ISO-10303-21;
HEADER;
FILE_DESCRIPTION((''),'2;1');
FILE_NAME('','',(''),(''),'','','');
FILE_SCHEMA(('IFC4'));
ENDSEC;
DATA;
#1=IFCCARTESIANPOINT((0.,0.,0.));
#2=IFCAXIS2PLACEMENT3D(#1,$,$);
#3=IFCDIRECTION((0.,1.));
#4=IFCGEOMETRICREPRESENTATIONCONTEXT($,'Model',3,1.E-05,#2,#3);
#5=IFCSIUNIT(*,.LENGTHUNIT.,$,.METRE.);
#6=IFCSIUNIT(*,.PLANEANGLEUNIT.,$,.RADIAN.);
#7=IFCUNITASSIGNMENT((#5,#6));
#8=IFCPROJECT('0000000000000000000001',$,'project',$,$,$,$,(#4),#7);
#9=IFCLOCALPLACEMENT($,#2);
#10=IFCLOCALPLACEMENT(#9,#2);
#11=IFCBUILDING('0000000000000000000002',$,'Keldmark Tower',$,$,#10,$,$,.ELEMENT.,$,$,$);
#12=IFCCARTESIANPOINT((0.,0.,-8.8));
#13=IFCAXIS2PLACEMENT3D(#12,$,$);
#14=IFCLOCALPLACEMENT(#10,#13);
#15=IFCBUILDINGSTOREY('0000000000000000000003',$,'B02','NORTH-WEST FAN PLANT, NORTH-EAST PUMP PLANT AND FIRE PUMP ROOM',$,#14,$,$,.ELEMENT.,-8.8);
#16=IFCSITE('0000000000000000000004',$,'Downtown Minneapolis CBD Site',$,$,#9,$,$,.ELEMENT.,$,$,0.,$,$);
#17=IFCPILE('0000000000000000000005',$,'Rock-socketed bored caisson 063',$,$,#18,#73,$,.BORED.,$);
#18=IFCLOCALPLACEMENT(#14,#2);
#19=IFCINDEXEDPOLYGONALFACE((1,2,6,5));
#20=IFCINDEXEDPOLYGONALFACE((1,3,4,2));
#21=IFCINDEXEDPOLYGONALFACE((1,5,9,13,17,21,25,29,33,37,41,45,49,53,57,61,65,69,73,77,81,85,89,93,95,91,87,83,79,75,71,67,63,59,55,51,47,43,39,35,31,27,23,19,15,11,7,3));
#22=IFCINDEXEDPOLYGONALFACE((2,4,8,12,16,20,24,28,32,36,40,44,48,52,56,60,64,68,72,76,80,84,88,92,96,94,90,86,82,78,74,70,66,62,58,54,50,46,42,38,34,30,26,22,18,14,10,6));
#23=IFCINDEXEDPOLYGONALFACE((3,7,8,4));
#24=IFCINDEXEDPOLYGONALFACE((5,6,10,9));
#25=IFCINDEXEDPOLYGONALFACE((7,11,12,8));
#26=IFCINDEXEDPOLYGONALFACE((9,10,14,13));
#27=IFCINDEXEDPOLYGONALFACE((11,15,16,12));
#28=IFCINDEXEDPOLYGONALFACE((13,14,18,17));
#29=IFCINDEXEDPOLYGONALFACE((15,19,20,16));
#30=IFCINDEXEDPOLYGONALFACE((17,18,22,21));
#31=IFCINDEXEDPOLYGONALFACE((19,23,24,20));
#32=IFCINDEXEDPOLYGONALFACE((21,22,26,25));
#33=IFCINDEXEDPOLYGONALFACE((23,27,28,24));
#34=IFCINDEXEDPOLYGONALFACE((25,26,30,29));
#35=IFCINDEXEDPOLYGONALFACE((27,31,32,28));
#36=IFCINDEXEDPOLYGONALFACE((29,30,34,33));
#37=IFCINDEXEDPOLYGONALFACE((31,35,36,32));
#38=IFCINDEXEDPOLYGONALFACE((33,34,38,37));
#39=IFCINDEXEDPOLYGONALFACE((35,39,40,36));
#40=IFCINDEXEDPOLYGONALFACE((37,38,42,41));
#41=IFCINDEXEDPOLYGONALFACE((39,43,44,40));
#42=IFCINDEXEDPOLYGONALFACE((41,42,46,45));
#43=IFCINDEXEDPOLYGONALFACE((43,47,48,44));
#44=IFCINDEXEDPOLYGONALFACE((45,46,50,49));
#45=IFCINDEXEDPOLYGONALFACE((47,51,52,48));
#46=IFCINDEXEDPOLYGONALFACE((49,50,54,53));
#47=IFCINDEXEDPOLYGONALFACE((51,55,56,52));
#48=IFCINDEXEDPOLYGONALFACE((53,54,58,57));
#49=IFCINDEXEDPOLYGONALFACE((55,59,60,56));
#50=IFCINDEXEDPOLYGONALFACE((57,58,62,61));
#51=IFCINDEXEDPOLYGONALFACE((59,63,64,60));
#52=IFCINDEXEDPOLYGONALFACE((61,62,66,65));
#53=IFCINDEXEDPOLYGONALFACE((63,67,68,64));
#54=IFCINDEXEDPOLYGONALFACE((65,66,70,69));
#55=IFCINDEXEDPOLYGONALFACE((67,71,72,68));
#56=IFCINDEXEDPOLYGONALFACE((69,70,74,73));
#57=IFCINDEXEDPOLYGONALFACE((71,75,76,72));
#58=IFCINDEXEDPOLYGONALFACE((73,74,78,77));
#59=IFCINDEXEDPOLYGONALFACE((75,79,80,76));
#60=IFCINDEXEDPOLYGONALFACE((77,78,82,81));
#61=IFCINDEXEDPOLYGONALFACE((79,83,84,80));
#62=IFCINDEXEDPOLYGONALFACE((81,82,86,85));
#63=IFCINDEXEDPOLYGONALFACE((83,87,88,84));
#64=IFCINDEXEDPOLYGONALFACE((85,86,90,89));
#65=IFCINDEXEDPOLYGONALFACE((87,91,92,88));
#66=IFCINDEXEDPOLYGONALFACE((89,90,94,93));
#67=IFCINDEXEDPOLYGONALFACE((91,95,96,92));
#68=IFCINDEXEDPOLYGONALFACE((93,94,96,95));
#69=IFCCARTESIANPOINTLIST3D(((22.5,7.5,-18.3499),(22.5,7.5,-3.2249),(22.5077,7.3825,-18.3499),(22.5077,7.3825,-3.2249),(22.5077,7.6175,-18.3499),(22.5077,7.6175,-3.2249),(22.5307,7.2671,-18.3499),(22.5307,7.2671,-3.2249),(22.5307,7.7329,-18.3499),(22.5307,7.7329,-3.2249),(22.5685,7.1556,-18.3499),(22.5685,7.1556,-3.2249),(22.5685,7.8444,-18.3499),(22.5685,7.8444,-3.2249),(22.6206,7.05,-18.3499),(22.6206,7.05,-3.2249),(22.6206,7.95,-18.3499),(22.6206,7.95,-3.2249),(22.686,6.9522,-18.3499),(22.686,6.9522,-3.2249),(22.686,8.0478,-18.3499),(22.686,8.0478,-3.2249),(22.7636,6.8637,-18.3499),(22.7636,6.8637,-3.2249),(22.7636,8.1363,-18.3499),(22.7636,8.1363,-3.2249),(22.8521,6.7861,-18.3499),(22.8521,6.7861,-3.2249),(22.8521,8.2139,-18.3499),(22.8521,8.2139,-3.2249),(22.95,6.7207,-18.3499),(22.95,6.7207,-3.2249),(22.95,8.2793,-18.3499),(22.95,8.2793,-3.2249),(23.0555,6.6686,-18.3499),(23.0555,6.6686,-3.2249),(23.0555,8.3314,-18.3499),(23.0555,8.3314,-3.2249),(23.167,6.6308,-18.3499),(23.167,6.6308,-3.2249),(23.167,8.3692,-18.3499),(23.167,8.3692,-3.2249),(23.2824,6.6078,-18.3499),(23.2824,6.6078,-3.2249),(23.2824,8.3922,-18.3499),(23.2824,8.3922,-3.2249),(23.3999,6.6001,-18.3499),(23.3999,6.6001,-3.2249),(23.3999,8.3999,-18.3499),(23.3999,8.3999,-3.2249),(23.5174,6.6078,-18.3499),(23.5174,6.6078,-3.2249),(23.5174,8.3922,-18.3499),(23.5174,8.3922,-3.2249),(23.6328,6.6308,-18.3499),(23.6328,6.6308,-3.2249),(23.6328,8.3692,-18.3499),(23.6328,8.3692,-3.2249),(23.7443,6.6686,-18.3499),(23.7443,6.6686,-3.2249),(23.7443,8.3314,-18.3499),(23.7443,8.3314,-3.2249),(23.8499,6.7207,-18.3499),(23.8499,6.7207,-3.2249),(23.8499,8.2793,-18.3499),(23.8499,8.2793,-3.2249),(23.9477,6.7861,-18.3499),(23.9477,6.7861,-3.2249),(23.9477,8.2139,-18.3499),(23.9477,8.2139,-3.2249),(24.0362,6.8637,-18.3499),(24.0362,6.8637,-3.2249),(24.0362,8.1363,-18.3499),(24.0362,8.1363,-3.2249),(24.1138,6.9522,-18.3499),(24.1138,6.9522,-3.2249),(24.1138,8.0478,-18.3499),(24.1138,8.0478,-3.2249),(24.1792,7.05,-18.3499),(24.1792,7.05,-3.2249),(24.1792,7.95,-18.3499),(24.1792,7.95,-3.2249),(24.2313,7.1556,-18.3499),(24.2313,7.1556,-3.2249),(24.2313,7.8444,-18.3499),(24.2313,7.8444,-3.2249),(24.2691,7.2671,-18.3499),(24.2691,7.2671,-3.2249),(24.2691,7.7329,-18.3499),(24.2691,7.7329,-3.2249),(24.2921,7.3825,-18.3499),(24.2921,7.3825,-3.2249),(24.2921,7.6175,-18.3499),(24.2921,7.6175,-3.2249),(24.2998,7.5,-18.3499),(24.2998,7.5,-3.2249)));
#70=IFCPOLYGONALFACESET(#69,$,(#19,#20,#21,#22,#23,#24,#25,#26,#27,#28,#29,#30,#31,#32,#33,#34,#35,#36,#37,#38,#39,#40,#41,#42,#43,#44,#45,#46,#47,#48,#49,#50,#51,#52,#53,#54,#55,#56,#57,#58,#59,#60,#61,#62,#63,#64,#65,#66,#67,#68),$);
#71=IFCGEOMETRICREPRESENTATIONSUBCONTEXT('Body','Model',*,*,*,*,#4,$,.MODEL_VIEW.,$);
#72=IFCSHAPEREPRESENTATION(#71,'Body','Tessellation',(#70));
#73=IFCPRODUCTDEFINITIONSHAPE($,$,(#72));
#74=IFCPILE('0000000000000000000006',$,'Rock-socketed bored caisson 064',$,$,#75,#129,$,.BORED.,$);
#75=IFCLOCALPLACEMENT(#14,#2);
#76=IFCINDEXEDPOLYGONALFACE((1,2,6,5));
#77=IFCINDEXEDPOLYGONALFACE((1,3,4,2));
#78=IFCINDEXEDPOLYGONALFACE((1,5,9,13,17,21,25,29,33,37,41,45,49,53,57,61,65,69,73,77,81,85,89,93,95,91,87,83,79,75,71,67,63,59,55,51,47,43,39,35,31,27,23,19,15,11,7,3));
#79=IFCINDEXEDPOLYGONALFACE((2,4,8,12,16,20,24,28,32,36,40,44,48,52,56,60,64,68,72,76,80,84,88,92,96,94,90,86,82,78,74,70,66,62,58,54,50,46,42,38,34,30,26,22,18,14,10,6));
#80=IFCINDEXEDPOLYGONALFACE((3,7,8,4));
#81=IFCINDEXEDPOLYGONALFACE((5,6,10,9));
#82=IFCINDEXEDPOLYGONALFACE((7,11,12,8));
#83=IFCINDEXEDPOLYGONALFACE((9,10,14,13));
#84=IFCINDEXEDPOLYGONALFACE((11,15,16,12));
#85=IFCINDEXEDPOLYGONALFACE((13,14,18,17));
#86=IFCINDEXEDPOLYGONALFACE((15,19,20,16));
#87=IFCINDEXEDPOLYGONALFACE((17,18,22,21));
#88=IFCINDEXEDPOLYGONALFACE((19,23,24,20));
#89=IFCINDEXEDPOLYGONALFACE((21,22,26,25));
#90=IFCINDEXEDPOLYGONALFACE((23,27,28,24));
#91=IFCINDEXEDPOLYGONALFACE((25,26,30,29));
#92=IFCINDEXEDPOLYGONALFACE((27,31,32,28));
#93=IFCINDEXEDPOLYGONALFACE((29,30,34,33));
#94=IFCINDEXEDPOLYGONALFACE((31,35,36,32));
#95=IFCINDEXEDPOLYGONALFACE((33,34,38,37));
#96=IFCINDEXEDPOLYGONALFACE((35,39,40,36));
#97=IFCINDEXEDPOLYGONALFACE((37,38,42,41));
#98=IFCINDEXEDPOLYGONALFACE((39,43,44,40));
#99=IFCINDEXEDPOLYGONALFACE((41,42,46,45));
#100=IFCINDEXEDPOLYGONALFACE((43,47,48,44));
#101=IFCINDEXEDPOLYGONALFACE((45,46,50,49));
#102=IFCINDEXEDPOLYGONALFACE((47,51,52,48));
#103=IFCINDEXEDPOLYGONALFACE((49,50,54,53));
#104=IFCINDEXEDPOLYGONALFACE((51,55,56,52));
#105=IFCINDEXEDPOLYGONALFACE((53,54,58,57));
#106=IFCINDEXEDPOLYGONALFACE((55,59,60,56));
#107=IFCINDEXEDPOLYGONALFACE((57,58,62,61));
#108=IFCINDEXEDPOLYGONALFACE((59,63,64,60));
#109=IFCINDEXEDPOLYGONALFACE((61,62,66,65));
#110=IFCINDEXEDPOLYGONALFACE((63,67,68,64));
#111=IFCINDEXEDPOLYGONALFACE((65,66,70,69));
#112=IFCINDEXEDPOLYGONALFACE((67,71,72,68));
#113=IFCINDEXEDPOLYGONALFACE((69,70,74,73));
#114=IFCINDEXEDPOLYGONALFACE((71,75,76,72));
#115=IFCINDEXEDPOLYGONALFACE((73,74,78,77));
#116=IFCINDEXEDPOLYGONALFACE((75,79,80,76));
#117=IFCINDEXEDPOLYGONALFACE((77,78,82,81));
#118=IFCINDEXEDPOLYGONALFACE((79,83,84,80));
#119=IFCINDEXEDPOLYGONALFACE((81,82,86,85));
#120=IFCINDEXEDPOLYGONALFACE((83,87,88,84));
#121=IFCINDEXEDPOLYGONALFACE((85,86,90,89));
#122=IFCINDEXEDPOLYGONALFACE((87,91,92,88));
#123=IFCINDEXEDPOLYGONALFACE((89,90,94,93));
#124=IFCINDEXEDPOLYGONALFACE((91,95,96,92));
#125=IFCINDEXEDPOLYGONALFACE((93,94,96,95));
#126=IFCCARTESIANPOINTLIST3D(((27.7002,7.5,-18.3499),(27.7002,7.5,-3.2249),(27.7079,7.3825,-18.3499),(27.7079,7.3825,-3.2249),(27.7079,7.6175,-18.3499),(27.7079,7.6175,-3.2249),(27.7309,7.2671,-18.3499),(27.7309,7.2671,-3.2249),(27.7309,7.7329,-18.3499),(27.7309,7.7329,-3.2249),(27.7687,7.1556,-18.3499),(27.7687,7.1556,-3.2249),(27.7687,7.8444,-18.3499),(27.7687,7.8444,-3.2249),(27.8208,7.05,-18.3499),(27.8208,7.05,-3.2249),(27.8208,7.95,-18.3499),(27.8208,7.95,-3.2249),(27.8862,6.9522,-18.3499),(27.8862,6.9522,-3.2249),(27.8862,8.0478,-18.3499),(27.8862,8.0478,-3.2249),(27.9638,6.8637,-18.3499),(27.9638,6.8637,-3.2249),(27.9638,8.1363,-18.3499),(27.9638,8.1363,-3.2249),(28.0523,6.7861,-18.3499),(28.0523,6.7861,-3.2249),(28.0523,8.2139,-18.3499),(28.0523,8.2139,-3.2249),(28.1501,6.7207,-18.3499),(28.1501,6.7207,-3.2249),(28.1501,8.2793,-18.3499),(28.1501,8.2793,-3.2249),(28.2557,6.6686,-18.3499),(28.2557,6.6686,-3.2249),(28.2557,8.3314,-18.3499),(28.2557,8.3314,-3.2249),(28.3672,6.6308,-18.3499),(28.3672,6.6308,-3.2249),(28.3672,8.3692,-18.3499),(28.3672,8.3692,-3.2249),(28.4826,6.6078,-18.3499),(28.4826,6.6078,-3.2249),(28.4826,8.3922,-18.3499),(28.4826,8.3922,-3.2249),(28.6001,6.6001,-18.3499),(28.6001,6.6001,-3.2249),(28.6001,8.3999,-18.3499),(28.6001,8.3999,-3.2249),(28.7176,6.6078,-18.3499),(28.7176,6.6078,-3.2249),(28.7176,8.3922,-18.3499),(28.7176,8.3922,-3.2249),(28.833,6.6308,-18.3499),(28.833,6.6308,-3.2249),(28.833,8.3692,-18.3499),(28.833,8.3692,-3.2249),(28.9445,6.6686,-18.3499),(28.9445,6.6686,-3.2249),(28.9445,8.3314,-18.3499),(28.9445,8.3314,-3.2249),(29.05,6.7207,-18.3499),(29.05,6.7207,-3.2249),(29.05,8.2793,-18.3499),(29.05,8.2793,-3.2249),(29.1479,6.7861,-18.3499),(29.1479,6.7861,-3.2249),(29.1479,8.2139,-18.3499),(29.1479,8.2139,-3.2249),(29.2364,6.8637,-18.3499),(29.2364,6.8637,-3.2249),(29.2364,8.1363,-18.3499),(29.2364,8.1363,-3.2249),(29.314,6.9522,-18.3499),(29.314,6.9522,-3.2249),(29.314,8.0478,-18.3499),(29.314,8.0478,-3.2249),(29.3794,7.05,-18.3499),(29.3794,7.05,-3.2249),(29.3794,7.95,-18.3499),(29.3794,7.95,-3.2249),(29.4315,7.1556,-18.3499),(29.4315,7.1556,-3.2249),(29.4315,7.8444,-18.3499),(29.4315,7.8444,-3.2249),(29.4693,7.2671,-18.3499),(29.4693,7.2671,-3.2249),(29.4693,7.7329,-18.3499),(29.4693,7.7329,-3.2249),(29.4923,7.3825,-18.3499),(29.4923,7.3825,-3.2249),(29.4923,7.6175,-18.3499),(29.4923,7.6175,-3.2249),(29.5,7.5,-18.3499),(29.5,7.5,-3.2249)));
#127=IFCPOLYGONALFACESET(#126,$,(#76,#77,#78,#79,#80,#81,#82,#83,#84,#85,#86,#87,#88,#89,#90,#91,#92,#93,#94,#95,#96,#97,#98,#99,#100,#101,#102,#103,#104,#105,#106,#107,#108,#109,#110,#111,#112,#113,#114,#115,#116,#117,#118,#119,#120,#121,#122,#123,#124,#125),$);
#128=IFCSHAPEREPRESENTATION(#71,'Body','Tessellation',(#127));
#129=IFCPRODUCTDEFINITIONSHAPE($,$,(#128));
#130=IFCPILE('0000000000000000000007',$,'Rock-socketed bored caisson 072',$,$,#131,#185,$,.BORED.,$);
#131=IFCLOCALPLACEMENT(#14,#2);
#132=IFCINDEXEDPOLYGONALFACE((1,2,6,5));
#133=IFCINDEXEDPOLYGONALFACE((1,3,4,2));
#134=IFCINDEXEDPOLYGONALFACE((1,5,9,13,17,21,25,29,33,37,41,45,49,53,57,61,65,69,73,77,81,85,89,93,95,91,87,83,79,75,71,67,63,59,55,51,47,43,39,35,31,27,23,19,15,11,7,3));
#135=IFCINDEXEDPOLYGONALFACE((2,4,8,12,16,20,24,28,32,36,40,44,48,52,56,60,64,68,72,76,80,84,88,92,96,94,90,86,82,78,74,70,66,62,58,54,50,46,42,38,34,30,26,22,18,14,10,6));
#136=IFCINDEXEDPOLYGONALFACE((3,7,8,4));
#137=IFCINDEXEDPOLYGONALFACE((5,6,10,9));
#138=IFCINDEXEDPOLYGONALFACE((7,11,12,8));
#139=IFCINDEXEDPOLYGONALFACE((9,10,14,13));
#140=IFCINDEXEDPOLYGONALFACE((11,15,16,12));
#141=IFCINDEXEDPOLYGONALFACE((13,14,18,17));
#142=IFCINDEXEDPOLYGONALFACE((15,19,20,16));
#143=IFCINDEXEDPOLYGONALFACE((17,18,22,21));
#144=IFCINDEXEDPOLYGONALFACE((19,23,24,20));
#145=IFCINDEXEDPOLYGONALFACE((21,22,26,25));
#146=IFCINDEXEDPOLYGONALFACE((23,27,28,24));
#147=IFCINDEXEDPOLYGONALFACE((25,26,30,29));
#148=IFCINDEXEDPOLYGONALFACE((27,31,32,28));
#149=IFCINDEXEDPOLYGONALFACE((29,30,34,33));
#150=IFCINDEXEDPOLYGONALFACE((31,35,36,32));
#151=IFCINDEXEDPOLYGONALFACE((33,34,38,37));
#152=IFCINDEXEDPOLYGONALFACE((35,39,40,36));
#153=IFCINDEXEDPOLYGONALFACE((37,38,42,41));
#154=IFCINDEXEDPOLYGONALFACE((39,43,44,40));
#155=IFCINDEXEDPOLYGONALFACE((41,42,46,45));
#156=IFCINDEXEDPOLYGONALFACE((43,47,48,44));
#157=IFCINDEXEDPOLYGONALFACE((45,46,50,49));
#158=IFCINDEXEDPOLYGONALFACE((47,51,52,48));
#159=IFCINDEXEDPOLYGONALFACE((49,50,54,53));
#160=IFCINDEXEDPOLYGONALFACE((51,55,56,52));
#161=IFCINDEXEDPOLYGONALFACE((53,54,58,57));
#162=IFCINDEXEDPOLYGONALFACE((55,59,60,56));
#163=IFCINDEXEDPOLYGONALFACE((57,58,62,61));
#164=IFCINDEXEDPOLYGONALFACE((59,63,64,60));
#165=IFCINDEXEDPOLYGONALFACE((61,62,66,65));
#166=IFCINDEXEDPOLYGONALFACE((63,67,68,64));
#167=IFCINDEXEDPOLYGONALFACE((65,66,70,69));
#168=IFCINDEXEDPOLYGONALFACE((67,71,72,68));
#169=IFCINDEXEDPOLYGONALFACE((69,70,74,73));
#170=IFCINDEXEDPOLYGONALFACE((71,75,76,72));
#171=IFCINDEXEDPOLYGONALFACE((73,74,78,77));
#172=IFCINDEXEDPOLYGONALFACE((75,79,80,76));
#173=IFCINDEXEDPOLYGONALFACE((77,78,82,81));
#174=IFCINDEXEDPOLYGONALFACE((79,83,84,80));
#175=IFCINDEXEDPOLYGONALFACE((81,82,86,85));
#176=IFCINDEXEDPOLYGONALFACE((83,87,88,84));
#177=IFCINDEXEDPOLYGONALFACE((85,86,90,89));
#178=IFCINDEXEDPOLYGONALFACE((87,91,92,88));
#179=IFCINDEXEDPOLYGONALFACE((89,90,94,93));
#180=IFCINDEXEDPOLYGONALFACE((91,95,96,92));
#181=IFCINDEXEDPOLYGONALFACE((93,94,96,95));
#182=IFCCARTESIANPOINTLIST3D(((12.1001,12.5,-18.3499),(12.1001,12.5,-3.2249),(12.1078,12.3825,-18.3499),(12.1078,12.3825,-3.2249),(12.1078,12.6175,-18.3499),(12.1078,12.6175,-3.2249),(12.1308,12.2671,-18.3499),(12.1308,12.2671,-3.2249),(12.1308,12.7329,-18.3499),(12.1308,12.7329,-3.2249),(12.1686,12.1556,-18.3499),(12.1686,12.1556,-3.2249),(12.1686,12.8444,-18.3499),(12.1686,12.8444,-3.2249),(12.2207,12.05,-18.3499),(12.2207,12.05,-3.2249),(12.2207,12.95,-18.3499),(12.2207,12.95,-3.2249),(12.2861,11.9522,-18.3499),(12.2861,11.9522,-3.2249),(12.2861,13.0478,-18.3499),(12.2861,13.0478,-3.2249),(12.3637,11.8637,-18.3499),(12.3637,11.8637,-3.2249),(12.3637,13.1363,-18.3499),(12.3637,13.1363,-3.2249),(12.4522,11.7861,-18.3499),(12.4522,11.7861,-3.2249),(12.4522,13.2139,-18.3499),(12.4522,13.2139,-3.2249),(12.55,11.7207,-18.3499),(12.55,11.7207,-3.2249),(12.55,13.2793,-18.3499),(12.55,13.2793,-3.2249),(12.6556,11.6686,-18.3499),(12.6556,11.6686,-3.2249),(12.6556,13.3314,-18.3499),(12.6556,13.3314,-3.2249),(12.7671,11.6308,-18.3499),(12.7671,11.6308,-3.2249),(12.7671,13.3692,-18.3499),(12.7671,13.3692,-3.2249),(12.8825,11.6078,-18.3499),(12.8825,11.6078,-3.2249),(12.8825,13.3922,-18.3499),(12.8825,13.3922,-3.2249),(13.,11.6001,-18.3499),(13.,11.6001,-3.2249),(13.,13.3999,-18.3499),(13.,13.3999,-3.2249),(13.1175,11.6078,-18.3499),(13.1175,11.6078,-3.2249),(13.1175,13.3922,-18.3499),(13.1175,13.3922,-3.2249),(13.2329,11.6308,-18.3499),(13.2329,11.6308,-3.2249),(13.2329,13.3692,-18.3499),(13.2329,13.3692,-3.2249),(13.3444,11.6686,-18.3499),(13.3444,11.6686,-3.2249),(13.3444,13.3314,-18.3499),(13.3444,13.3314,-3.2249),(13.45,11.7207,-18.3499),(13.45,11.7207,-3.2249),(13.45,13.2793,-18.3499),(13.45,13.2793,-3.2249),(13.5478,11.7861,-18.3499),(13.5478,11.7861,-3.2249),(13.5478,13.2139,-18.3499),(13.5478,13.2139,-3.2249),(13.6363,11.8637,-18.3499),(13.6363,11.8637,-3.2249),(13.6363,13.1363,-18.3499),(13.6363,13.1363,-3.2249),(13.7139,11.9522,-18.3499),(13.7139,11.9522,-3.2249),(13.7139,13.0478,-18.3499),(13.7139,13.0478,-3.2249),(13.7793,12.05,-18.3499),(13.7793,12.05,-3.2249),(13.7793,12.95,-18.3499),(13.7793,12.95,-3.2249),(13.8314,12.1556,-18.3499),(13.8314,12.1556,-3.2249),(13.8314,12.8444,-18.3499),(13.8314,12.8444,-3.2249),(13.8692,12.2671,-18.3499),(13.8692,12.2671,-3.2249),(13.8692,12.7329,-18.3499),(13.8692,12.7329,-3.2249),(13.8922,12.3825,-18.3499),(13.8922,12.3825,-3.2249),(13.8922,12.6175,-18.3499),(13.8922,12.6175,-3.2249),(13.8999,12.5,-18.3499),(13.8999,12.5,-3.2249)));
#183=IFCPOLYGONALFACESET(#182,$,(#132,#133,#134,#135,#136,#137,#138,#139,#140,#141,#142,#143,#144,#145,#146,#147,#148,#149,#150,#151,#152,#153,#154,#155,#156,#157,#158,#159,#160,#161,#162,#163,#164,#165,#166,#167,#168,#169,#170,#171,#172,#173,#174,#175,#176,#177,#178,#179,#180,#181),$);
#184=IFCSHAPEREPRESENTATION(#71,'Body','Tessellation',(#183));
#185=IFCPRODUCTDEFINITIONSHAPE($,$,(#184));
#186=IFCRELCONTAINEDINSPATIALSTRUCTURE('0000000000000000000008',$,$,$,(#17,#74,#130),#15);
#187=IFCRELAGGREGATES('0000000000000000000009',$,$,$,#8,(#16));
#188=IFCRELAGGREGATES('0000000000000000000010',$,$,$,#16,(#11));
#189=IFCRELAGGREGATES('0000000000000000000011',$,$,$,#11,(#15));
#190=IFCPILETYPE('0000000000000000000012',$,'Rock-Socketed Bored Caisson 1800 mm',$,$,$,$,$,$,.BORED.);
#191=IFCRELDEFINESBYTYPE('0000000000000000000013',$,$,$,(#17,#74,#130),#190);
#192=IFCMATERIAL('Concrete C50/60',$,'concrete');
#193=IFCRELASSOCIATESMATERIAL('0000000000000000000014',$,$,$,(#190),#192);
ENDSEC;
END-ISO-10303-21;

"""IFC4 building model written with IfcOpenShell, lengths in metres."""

from ifc_helpers import new_model, si_unit, direction, frame, origin, origin_2d, place, context, subcontext, project, spatial, circle, extrude, material, material_profile, profile_set, type_object, element, save


model = new_model("IFC4")

# Units and contexts
model_context = context("Model", 3, precision=1e-05, world=origin(), true_north=direction((0.0, 1.0)))
body_context = subcontext(model_context, "Body", "Model", "MODEL_VIEW")
ifc_project = project(units=[si_unit("LENGTHUNIT", "METRE"), si_unit("PLANEANGLEUNIT", "RADIAN")], contexts=[model_context])

# Site, building, storey
site_placement = place(None, origin())
site = spatial("IfcSite", under=ifc_project, at=site_placement, Name="Downtown Minneapolis CBD Site", CompositionType="ELEMENT", RefElevation=0.0)
building_placement = place(site_placement, origin())
building = spatial("IfcBuilding", under=site, at=building_placement, Name="Keldmark Tower", CompositionType="ELEMENT")
storey_placement = place(building_placement, frame((0.0, 0.0, -8.8)))
storey = spatial("IfcBuildingStorey", under=building, at=storey_placement, Name="B02", Description="NORTH-WEST FAN PLANT, NORTH-EAST PUMP PLANT AND FIRE PUMP ROOM", CompositionType="ELEMENT", Elevation=-8.8)

# Piles
ifc_material_1 = material(Name="Concrete C50/60", Category="concrete")
ifc_material_profile_1 = material_profile(ifc_material_1, circle(Radius=0.8999, at=origin_2d()), Name="CAISSON1800")
ifc_profile_set_1 = profile_set([ifc_material_profile_1], Name="Concrete C50/60")
pile_type_1 = type_object("IfcPileType", Name="Rock-Socketed Bored Caisson 1800 mm", PredefinedType="BORED", material=ifc_profile_set_1)
for number, where, z_axis, x_axis, name in (
    (1, (23.3999, 7.5, -3.2249), (0.0, 0.0, -1.0), (1.0, 0.0, 0.0), "Rock-socketed bored caisson 063"),
    (2, (28.6001, 7.5, -3.2249), (0.0, 0.0, -1.0), (1.0, 0.0, 0.0), "Rock-socketed bored caisson 064"),
    (3, (13.0, 12.5, -3.2249), (0.0, 0.0, -1.0), (1.0, 0.0, 0.0), "Rock-socketed bored caisson 072"),
):
    element("IfcPile", number, at=place(storey_placement, frame(where, z_axis=z_axis, x_axis=x_axis)), inside=storey, type_object=pile_type_1, Name=name, PredefinedType="BORED", context=body_context, shape_type="SweptSolid", body=[
        extrude(circle(Radius=0.8999, at=origin_2d()), origin(), (0.0, 0.0, 1.0), 15.125),
    ])

save(model, "model.ifc")
